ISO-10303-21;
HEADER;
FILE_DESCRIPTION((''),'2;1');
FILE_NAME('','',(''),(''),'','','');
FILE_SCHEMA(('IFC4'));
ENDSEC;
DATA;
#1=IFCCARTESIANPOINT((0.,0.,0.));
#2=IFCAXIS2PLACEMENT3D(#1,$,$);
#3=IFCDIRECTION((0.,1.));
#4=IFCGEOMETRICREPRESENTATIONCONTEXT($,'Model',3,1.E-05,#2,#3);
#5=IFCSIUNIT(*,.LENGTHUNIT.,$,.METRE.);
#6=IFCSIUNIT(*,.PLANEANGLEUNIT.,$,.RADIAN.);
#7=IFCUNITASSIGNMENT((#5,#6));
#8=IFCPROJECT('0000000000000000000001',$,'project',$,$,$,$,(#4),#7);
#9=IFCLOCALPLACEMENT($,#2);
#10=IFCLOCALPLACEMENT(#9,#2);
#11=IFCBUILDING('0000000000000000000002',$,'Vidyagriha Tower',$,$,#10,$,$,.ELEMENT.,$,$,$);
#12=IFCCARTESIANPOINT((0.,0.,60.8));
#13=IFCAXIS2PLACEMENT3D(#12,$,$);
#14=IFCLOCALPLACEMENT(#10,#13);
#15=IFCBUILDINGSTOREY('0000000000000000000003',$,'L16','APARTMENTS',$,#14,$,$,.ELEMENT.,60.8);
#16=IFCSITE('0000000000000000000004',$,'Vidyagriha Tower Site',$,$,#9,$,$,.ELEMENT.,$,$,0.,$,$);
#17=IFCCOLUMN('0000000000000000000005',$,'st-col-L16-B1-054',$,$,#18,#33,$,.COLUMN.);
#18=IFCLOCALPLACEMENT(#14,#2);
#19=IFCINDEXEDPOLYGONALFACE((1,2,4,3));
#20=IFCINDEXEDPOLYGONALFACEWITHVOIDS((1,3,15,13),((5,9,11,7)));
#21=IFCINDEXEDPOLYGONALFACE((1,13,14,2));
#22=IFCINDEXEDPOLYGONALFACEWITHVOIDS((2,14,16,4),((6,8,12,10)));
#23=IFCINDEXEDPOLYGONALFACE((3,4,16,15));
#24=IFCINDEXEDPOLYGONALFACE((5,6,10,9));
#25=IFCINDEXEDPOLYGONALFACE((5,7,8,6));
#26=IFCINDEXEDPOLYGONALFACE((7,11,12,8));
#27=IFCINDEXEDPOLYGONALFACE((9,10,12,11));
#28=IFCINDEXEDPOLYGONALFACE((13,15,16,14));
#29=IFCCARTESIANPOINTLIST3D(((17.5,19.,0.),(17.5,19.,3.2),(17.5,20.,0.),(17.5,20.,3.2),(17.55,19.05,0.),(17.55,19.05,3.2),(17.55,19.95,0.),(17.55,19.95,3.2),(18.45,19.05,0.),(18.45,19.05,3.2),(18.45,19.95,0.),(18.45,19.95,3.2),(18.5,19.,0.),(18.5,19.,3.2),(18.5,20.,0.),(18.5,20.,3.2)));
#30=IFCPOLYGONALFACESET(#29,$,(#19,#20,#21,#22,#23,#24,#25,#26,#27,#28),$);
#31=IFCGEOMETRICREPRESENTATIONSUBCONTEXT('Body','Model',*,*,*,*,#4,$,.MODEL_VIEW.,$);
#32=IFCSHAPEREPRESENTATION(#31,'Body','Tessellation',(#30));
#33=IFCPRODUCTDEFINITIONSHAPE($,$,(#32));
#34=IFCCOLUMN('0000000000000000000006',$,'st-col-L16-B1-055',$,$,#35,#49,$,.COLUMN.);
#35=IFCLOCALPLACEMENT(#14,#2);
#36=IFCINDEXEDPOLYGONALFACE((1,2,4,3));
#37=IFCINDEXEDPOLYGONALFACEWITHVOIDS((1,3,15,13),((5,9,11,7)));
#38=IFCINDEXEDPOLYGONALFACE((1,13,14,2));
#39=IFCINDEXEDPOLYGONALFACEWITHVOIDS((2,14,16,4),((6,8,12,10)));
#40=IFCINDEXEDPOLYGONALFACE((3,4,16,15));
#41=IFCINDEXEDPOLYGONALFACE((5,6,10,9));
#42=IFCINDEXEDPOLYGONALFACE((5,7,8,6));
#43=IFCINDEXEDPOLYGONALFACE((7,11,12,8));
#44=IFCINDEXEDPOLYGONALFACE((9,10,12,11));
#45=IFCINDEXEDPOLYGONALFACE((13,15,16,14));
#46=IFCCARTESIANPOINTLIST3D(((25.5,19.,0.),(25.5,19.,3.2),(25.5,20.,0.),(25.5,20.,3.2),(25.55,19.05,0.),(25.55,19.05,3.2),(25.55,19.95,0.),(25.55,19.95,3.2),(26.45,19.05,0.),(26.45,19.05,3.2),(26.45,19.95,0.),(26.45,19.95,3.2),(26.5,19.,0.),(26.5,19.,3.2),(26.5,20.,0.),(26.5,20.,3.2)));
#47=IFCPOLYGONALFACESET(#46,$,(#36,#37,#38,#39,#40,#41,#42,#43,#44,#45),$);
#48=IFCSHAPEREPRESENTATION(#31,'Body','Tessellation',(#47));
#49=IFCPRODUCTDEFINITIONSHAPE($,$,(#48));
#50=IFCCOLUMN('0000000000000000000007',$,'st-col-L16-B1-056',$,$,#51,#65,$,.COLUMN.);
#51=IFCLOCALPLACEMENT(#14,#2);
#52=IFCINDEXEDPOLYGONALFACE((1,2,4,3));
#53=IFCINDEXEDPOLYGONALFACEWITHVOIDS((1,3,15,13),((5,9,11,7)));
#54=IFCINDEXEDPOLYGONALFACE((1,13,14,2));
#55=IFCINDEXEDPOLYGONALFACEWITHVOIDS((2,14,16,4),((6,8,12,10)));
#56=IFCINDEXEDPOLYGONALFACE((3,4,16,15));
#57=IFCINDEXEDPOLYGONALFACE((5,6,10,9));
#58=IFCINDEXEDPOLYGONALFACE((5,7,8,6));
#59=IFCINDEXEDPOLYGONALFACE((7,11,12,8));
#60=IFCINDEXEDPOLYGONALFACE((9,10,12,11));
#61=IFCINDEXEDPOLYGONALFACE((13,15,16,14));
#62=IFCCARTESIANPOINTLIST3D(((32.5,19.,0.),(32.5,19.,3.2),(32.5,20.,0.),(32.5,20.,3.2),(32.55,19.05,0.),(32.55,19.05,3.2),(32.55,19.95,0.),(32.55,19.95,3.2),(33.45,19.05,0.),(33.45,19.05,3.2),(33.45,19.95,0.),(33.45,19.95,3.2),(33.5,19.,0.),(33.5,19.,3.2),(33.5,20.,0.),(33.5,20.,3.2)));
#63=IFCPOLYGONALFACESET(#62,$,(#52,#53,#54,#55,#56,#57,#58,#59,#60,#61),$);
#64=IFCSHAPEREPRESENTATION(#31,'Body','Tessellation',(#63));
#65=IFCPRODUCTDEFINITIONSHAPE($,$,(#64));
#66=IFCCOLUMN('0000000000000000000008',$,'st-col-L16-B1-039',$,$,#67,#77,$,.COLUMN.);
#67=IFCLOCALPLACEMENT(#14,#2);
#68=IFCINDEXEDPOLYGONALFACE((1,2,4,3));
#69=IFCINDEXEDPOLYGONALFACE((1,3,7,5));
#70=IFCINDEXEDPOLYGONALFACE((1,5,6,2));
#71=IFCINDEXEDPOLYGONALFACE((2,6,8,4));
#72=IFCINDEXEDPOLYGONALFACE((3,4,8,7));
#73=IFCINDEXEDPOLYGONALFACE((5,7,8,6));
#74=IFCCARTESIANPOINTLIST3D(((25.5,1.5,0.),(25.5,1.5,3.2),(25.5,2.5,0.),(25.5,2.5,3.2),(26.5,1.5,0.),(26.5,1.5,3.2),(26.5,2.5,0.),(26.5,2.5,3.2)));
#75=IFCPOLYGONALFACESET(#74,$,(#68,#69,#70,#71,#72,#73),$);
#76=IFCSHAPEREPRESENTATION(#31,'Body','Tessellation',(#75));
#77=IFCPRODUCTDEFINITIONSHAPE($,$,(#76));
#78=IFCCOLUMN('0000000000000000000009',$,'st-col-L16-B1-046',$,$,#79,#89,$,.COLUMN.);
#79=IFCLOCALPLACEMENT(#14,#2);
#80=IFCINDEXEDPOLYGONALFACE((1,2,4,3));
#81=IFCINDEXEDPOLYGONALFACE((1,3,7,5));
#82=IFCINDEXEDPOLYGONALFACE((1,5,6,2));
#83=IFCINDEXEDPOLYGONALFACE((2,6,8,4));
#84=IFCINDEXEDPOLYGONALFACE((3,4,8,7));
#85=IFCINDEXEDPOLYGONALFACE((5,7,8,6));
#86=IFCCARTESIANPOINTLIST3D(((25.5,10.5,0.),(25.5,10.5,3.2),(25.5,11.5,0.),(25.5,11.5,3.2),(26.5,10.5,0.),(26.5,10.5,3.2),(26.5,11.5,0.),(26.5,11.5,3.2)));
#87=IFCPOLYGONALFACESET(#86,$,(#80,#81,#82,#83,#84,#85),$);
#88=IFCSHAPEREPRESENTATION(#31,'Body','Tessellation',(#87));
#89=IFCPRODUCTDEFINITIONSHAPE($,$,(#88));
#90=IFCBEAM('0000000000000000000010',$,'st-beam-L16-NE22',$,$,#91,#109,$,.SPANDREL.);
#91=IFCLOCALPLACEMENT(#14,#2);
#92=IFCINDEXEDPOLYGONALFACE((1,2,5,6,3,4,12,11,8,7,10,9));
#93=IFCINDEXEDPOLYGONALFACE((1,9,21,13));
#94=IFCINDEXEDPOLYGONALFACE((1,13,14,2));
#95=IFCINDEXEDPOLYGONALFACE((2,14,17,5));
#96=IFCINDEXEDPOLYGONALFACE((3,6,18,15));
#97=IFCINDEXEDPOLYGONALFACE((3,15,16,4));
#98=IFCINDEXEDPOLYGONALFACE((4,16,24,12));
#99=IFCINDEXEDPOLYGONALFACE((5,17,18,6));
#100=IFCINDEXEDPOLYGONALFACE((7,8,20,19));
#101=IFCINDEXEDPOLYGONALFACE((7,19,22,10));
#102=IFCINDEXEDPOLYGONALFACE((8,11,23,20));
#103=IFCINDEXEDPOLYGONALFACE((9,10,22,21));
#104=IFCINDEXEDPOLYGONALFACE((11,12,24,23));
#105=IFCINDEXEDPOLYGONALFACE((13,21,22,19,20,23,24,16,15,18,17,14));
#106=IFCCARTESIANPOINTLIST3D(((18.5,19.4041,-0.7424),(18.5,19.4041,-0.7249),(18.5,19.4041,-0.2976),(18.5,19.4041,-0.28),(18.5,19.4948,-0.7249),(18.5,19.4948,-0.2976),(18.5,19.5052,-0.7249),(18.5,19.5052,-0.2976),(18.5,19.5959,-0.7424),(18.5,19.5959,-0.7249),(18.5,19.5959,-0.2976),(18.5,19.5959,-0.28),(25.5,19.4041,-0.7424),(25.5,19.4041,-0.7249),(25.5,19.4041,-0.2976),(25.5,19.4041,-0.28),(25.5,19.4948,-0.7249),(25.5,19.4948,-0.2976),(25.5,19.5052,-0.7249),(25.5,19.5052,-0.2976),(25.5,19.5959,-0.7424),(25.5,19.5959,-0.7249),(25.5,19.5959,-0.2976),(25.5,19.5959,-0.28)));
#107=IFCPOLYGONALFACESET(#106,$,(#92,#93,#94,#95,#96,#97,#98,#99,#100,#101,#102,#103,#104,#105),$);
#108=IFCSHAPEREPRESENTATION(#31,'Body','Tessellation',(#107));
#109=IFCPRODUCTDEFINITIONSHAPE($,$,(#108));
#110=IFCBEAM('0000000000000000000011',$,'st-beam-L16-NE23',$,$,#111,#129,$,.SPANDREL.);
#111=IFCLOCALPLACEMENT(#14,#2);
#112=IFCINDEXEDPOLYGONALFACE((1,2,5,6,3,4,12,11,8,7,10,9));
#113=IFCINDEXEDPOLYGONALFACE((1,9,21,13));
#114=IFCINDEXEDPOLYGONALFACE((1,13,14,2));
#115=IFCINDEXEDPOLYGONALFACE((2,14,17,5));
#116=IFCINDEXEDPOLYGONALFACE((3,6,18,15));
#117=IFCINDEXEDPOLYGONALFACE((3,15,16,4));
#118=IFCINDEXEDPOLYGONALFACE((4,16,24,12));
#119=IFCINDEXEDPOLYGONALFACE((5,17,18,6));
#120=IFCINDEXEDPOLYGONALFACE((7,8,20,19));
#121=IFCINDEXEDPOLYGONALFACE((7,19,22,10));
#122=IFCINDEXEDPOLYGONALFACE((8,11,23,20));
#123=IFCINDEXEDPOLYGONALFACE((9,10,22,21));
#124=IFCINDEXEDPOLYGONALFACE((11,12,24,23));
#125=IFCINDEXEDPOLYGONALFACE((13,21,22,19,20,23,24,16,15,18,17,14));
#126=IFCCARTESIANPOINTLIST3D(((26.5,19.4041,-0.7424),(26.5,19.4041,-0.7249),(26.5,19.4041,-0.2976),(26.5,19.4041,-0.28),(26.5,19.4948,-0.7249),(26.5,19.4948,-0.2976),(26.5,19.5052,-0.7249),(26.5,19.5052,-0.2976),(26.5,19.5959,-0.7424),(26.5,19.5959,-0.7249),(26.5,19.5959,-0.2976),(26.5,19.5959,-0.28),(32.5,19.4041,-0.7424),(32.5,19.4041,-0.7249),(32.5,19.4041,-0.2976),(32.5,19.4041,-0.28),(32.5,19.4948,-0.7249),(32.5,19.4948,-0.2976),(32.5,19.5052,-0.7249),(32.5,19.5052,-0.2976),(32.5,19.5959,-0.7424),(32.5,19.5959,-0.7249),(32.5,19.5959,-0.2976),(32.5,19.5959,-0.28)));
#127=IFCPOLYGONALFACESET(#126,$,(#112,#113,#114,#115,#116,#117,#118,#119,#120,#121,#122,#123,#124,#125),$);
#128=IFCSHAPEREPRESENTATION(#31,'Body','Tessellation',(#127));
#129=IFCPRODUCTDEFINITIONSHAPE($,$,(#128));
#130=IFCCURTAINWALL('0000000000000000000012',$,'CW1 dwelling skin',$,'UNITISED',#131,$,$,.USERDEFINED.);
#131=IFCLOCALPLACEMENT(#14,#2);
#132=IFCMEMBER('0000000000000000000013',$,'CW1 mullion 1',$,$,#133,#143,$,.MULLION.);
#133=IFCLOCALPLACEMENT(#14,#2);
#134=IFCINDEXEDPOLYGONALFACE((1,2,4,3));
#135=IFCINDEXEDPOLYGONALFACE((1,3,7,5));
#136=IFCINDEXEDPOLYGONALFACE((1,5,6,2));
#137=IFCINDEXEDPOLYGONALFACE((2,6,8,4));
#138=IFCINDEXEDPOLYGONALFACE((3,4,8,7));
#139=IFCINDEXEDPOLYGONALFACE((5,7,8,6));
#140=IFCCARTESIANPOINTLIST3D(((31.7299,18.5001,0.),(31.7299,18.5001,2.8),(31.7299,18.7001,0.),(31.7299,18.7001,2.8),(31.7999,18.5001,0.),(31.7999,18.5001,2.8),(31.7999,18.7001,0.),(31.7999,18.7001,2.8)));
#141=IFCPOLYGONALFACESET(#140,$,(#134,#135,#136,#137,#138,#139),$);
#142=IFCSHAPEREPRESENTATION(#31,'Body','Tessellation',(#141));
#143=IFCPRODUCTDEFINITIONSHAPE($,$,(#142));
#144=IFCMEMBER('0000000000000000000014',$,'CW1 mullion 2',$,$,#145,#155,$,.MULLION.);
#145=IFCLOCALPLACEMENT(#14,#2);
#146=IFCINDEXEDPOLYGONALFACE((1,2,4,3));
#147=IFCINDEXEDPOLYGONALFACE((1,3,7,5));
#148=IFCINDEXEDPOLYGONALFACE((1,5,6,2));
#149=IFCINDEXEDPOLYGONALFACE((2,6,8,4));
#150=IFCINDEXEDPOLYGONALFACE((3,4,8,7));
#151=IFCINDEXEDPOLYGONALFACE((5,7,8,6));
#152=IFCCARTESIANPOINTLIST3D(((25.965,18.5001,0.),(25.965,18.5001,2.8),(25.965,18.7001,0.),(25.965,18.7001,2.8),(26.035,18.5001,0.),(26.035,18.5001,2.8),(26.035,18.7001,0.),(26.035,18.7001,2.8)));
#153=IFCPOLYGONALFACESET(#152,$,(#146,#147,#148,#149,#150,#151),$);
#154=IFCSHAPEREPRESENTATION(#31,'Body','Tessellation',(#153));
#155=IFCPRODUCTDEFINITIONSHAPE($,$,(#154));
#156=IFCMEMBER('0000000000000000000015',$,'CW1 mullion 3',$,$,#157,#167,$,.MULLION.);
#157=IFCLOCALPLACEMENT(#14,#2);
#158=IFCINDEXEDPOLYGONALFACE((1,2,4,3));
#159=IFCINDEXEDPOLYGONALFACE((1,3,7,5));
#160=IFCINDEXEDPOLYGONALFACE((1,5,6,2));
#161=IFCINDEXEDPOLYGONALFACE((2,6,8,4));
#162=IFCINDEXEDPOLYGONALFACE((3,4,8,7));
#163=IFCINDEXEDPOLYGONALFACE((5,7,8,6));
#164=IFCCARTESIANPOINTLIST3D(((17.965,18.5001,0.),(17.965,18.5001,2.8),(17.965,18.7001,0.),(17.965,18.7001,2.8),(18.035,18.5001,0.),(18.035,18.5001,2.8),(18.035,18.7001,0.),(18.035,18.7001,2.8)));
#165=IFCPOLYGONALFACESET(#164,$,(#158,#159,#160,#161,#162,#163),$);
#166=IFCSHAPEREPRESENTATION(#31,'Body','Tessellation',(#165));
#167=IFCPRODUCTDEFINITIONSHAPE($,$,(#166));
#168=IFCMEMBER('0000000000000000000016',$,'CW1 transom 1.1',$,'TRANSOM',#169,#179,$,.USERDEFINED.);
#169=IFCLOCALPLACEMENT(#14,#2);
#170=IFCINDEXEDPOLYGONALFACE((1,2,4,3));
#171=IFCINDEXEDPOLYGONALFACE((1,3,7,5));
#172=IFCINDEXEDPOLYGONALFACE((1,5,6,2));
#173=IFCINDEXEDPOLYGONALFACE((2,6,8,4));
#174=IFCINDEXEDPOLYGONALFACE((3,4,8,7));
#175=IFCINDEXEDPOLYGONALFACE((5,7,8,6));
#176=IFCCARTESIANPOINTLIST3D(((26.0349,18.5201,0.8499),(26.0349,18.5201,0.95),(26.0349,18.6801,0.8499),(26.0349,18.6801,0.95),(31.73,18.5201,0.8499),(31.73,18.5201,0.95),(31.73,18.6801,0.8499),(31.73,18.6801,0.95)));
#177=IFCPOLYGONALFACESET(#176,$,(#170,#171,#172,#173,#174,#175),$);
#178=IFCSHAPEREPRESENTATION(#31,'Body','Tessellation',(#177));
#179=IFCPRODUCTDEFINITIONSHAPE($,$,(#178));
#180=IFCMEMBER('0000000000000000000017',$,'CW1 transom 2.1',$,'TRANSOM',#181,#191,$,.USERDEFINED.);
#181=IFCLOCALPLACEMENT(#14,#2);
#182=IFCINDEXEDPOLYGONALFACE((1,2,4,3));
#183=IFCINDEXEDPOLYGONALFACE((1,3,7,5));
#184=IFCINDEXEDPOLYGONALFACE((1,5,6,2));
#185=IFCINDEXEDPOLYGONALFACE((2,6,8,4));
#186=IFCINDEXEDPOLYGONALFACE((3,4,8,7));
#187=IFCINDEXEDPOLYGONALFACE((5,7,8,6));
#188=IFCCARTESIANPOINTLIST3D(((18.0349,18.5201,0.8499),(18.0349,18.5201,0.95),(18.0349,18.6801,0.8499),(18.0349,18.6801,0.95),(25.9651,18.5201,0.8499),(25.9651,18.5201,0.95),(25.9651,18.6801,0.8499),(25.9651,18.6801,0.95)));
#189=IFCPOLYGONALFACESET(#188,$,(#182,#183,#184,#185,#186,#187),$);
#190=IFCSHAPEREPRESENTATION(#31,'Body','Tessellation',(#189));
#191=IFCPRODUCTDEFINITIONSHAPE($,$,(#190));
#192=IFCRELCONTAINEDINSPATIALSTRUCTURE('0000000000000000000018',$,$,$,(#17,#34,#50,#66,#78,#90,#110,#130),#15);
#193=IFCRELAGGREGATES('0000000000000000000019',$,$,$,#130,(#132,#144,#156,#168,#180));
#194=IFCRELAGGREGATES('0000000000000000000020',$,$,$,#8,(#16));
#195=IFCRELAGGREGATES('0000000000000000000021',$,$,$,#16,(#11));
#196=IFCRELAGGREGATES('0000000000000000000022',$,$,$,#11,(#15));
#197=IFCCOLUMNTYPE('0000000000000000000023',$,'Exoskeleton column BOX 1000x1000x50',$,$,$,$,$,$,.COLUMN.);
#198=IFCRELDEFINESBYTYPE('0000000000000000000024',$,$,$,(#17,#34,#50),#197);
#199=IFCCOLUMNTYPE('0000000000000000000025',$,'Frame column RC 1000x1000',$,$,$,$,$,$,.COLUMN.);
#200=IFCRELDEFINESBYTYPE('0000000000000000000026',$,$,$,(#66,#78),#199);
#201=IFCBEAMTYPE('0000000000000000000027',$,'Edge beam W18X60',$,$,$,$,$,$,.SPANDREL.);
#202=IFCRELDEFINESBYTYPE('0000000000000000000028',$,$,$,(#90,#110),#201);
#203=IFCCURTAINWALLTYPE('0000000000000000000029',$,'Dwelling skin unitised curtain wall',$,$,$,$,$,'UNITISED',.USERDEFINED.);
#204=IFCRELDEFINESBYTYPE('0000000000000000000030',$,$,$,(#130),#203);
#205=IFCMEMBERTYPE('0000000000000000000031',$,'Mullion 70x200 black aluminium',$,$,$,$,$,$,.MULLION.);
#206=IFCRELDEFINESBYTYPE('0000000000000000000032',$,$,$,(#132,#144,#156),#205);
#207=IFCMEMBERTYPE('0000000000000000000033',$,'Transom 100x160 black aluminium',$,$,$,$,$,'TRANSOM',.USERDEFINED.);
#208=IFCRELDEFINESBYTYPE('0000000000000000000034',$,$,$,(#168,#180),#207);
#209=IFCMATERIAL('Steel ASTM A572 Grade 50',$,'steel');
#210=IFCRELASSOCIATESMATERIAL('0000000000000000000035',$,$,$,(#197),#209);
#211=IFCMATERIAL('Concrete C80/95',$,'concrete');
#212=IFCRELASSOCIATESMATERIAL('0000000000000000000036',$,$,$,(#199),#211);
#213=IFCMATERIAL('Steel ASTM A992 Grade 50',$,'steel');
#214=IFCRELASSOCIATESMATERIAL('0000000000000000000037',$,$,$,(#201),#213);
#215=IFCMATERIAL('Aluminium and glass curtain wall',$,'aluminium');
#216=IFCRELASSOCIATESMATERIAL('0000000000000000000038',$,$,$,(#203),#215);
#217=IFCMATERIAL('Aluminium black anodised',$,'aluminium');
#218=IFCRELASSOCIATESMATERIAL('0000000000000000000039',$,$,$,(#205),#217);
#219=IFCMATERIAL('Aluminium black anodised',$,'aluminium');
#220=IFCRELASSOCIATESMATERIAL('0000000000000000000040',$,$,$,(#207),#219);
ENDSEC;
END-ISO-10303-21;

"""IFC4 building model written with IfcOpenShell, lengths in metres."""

from ifc_helpers import new_model, si_unit, direction, frame, origin, origin_2d, place, context, subcontext, project, spatial, rectangle, hollow_rectangle, i_section, extrude, material, material_profile, profile_set, type_object, element, aggregate, save


model = new_model("IFC4")

# Units and contexts
model_context = context("Model", 3, precision=1e-05, world=origin(), true_north=direction((0.0, 1.0)))
body_context = subcontext(model_context, "Body", "Model", "MODEL_VIEW")
ifc_project = project(units=[si_unit("LENGTHUNIT", "METRE"), si_unit("PLANEANGLEUNIT", "RADIAN")], contexts=[model_context])

# Site, building, storey
site_placement = place(None, origin())
site = spatial("IfcSite", under=ifc_project, at=site_placement, Name="Vidyagriha Tower Site", CompositionType="ELEMENT", RefElevation=0.0)
building_placement = place(site_placement, origin())
building = spatial("IfcBuilding", under=site, at=building_placement, Name="Vidyagriha Tower", CompositionType="ELEMENT")
storey_placement = place(building_placement, frame((0.0, 0.0, 60.8)))
storey = spatial("IfcBuildingStorey", under=building, at=storey_placement, Name="L16", Description="APARTMENTS", CompositionType="ELEMENT", Elevation=60.8)

# Columns
ifc_material_1 = material(Name="Steel ASTM A572 Grade 50", Category="steel")
ifc_material_profile_1 = material_profile(ifc_material_1, hollow_rectangle(XDim=1.0, YDim=1.0, WallThickness=0.05, at=origin_2d()), Name="BOX 1000x1000x50")
ifc_profile_set_1 = profile_set([ifc_material_profile_1], Name="Steel ASTM A572 Grade 50")
column_type_1 = type_object("IfcColumnType", Name="Exoskeleton column BOX 1000x1000x50", PredefinedType="COLUMN", material=ifc_profile_set_1)
for number, where, name in (
    (1, (18.0, 19.5, 0.0), "st-col-L16-B1-054"),
    (2, (26.0, 19.5, 0.0), "st-col-L16-B1-055"),
    (3, (33.0, 19.5, 0.0), "st-col-L16-B1-056"),
):
    element("IfcColumn", number, at=place(storey_placement, frame(where)), inside=storey, type_object=column_type_1, Name=name, PredefinedType="COLUMN", context=body_context, shape_type="SweptSolid", body=[
        extrude(hollow_rectangle(XDim=1.0, YDim=1.0, WallThickness=0.05, at=origin_2d()), origin(), (0.0, 0.0, 1.0), 3.2),
    ])
ifc_material_2 = material(Name="Concrete C80/95", Category="concrete")
ifc_material_profile_2 = material_profile(ifc_material_2, rectangle(XDim=1.0, YDim=1.0, at=origin_2d()), Name="RC 1000x1000")
ifc_profile_set_2 = profile_set([ifc_material_profile_2], Name="Concrete C80/95")
column_type_2 = type_object("IfcColumnType", Name="Frame column RC 1000x1000", PredefinedType="COLUMN", material=ifc_profile_set_2)
for number, where, name in (
    (4, (26.0, 2.0, 0.0), "st-col-L16-B1-039"),
    (5, (26.0, 11.0, 0.0), "st-col-L16-B1-046"),
):
    element("IfcColumn", number, at=place(storey_placement, frame(where)), inside=storey, type_object=column_type_2, Name=name, PredefinedType="COLUMN", context=body_context, shape_type="SweptSolid", body=[
        extrude(rectangle(XDim=1.0, YDim=1.0, at=origin_2d()), origin(), (0.0, 0.0, 1.0), 3.2),
    ])

# Beams
ifc_material_3 = material(Name="Steel ASTM A992 Grade 50", Category="steel")
ifc_material_profile_3 = material_profile(ifc_material_3, i_section(OverallWidth=0.1919, OverallDepth=0.4624, WebThickness=0.0105, FlangeThickness=0.0176, at=origin_2d()), Name="W18X60")
ifc_profile_set_3 = profile_set([ifc_material_profile_3], Name="Steel ASTM A992 Grade 50")
beam_type = type_object("IfcBeamType", Name="Edge beam W18X60", PredefinedType="SPANDREL", material=ifc_profile_set_3)
beam_1_placement = place(storey_placement, frame((18.5, 19.5, -0.5112), z_axis=(1.0, 0.0, 0.0), x_axis=(0.0, 1.0, 0.0)))
element("IfcBeam", 6, at=beam_1_placement, inside=storey, type_object=beam_type, Name="st-beam-L16-NE22", PredefinedType="SPANDREL", context=body_context, shape_type="SweptSolid", body=[
    extrude(i_section(OverallWidth=0.1919, OverallDepth=0.4624, WebThickness=0.0105, FlangeThickness=0.0176, at=origin_2d()), origin(), (0.0, 0.0, 1.0), 7.0),
])
beam_2_placement = place(storey_placement, frame((26.5, 19.5, -0.5112), z_axis=(1.0, 0.0, 0.0), x_axis=(0.0, 1.0, 0.0)))
element("IfcBeam", 7, at=beam_2_placement, inside=storey, type_object=beam_type, Name="st-beam-L16-NE23", PredefinedType="SPANDREL", context=body_context, shape_type="SweptSolid", body=[
    extrude(i_section(OverallWidth=0.1919, OverallDepth=0.4624, WebThickness=0.0105, FlangeThickness=0.0176, at=origin_2d()), origin(), (0.0, 0.0, 1.0), 6.0),
])

# Curtain wall, members
ifc_material_4 = material(Name="Aluminium and glass curtain wall", Category="aluminium")
curtain_wall_type = type_object("IfcCurtainWallType", Name="Dwelling skin unitised curtain wall", ElementType="UNITISED", PredefinedType="USERDEFINED", material=ifc_material_4)
curtain_wall_placement = place(storey_placement, origin())
curtain_wall = element("IfcCurtainWall", 8, at=curtain_wall_placement, inside=storey, type_object=curtain_wall_type, Name="CW1 dwelling skin", ObjectType="UNITISED", PredefinedType="USERDEFINED")
ifc_material_5 = material(Name="Aluminium black anodised", Category="aluminium")
ifc_material_profile_4 = material_profile(ifc_material_5, rectangle(XDim=0.2, YDim=0.0701, at=origin_2d()), Name="Mullion 70x200 black aluminium")
ifc_profile_set_4 = profile_set([ifc_material_profile_4], Name="Aluminium black anodised")
member_type_1 = type_object("IfcMemberType", Name="Mullion 70x200 black aluminium", PredefinedType="MULLION", material=ifc_profile_set_4)
member_1_placement = place(storey_placement, frame((31.7649, 18.6001, 0.0), z_axis=(0.0, 0.0, 1.0), x_axis=(0.0, -1.0, 0.0)))
member_1 = element("IfcMember", 9, at=member_1_placement, type_object=member_type_1, Name="CW1 mullion 1", PredefinedType="MULLION", context=body_context, shape_type="SweptSolid", body=[
    extrude(rectangle(XDim=0.2, YDim=0.0701, at=origin_2d()), origin(), (0.0, 0.0, 1.0), 2.8),
])
member_2_placement = place(storey_placement, frame((26.0, 18.6001, 0.0), z_axis=(0.0, 0.0, 1.0), x_axis=(0.0, -1.0, 0.0)))
member_2 = element("IfcMember", 10, at=member_2_placement, type_object=member_type_1, Name="CW1 mullion 2", PredefinedType="MULLION", context=body_context, shape_type="SweptSolid", body=[
    extrude(rectangle(XDim=0.2, YDim=0.0701, at=origin_2d()), origin(), (0.0, 0.0, 1.0), 2.8),
])
member_3_placement = place(storey_placement, frame((18.0, 18.6001, 0.0), z_axis=(0.0, 0.0, 1.0), x_axis=(0.0, -1.0, 0.0)))
member_3 = element("IfcMember", 11, at=member_3_placement, type_object=member_type_1, Name="CW1 mullion 3", PredefinedType="MULLION", context=body_context, shape_type="SweptSolid", body=[
    extrude(rectangle(XDim=0.2, YDim=0.0701, at=origin_2d()), origin(), (0.0, 0.0, 1.0), 2.8),
])
ifc_material_6 = material(Name="Aluminium black anodised", Category="aluminium")
ifc_material_profile_5 = material_profile(ifc_material_6, rectangle(XDim=0.1599, YDim=0.1001, at=origin_2d()), Name="Transom 100x160 black aluminium")
ifc_profile_set_5 = profile_set([ifc_material_profile_5], Name="Aluminium black anodised")
member_type_2 = type_object("IfcMemberType", Name="Transom 100x160 black aluminium", ElementType="TRANSOM", PredefinedType="USERDEFINED", material=ifc_profile_set_5)
member_4_placement = place(storey_placement, frame((31.73, 18.6001, 0.8999), z_axis=(-1.0, 0.0, 0.0), x_axis=(0.0, -1.0, 0.0)))
member_4 = element("IfcMember", 12, at=member_4_placement, type_object=member_type_2, Name="CW1 transom 1.1", ObjectType="TRANSOM", PredefinedType="USERDEFINED", context=body_context, shape_type="SweptSolid", body=[
    extrude(rectangle(XDim=0.1599, YDim=0.1001, at=origin_2d()), origin(), (0.0, 0.0, 1.0), 5.6951),
])
member_5_placement = place(storey_placement, frame((25.9651, 18.6001, 0.8999), z_axis=(-1.0, 0.0, 0.0), x_axis=(0.0, -1.0, 0.0)))
member_5 = element("IfcMember", 13, at=member_5_placement, type_object=member_type_2, Name="CW1 transom 2.1", ObjectType="TRANSOM", PredefinedType="USERDEFINED", context=body_context, shape_type="SweptSolid", body=[
    extrude(rectangle(XDim=0.1599, YDim=0.1001, at=origin_2d()), origin(), (0.0, 0.0, 1.0), 7.9302),
])
aggregate(curtain_wall, [member_1, member_2, member_3, member_4, member_5])

save(model, "model.ifc")
